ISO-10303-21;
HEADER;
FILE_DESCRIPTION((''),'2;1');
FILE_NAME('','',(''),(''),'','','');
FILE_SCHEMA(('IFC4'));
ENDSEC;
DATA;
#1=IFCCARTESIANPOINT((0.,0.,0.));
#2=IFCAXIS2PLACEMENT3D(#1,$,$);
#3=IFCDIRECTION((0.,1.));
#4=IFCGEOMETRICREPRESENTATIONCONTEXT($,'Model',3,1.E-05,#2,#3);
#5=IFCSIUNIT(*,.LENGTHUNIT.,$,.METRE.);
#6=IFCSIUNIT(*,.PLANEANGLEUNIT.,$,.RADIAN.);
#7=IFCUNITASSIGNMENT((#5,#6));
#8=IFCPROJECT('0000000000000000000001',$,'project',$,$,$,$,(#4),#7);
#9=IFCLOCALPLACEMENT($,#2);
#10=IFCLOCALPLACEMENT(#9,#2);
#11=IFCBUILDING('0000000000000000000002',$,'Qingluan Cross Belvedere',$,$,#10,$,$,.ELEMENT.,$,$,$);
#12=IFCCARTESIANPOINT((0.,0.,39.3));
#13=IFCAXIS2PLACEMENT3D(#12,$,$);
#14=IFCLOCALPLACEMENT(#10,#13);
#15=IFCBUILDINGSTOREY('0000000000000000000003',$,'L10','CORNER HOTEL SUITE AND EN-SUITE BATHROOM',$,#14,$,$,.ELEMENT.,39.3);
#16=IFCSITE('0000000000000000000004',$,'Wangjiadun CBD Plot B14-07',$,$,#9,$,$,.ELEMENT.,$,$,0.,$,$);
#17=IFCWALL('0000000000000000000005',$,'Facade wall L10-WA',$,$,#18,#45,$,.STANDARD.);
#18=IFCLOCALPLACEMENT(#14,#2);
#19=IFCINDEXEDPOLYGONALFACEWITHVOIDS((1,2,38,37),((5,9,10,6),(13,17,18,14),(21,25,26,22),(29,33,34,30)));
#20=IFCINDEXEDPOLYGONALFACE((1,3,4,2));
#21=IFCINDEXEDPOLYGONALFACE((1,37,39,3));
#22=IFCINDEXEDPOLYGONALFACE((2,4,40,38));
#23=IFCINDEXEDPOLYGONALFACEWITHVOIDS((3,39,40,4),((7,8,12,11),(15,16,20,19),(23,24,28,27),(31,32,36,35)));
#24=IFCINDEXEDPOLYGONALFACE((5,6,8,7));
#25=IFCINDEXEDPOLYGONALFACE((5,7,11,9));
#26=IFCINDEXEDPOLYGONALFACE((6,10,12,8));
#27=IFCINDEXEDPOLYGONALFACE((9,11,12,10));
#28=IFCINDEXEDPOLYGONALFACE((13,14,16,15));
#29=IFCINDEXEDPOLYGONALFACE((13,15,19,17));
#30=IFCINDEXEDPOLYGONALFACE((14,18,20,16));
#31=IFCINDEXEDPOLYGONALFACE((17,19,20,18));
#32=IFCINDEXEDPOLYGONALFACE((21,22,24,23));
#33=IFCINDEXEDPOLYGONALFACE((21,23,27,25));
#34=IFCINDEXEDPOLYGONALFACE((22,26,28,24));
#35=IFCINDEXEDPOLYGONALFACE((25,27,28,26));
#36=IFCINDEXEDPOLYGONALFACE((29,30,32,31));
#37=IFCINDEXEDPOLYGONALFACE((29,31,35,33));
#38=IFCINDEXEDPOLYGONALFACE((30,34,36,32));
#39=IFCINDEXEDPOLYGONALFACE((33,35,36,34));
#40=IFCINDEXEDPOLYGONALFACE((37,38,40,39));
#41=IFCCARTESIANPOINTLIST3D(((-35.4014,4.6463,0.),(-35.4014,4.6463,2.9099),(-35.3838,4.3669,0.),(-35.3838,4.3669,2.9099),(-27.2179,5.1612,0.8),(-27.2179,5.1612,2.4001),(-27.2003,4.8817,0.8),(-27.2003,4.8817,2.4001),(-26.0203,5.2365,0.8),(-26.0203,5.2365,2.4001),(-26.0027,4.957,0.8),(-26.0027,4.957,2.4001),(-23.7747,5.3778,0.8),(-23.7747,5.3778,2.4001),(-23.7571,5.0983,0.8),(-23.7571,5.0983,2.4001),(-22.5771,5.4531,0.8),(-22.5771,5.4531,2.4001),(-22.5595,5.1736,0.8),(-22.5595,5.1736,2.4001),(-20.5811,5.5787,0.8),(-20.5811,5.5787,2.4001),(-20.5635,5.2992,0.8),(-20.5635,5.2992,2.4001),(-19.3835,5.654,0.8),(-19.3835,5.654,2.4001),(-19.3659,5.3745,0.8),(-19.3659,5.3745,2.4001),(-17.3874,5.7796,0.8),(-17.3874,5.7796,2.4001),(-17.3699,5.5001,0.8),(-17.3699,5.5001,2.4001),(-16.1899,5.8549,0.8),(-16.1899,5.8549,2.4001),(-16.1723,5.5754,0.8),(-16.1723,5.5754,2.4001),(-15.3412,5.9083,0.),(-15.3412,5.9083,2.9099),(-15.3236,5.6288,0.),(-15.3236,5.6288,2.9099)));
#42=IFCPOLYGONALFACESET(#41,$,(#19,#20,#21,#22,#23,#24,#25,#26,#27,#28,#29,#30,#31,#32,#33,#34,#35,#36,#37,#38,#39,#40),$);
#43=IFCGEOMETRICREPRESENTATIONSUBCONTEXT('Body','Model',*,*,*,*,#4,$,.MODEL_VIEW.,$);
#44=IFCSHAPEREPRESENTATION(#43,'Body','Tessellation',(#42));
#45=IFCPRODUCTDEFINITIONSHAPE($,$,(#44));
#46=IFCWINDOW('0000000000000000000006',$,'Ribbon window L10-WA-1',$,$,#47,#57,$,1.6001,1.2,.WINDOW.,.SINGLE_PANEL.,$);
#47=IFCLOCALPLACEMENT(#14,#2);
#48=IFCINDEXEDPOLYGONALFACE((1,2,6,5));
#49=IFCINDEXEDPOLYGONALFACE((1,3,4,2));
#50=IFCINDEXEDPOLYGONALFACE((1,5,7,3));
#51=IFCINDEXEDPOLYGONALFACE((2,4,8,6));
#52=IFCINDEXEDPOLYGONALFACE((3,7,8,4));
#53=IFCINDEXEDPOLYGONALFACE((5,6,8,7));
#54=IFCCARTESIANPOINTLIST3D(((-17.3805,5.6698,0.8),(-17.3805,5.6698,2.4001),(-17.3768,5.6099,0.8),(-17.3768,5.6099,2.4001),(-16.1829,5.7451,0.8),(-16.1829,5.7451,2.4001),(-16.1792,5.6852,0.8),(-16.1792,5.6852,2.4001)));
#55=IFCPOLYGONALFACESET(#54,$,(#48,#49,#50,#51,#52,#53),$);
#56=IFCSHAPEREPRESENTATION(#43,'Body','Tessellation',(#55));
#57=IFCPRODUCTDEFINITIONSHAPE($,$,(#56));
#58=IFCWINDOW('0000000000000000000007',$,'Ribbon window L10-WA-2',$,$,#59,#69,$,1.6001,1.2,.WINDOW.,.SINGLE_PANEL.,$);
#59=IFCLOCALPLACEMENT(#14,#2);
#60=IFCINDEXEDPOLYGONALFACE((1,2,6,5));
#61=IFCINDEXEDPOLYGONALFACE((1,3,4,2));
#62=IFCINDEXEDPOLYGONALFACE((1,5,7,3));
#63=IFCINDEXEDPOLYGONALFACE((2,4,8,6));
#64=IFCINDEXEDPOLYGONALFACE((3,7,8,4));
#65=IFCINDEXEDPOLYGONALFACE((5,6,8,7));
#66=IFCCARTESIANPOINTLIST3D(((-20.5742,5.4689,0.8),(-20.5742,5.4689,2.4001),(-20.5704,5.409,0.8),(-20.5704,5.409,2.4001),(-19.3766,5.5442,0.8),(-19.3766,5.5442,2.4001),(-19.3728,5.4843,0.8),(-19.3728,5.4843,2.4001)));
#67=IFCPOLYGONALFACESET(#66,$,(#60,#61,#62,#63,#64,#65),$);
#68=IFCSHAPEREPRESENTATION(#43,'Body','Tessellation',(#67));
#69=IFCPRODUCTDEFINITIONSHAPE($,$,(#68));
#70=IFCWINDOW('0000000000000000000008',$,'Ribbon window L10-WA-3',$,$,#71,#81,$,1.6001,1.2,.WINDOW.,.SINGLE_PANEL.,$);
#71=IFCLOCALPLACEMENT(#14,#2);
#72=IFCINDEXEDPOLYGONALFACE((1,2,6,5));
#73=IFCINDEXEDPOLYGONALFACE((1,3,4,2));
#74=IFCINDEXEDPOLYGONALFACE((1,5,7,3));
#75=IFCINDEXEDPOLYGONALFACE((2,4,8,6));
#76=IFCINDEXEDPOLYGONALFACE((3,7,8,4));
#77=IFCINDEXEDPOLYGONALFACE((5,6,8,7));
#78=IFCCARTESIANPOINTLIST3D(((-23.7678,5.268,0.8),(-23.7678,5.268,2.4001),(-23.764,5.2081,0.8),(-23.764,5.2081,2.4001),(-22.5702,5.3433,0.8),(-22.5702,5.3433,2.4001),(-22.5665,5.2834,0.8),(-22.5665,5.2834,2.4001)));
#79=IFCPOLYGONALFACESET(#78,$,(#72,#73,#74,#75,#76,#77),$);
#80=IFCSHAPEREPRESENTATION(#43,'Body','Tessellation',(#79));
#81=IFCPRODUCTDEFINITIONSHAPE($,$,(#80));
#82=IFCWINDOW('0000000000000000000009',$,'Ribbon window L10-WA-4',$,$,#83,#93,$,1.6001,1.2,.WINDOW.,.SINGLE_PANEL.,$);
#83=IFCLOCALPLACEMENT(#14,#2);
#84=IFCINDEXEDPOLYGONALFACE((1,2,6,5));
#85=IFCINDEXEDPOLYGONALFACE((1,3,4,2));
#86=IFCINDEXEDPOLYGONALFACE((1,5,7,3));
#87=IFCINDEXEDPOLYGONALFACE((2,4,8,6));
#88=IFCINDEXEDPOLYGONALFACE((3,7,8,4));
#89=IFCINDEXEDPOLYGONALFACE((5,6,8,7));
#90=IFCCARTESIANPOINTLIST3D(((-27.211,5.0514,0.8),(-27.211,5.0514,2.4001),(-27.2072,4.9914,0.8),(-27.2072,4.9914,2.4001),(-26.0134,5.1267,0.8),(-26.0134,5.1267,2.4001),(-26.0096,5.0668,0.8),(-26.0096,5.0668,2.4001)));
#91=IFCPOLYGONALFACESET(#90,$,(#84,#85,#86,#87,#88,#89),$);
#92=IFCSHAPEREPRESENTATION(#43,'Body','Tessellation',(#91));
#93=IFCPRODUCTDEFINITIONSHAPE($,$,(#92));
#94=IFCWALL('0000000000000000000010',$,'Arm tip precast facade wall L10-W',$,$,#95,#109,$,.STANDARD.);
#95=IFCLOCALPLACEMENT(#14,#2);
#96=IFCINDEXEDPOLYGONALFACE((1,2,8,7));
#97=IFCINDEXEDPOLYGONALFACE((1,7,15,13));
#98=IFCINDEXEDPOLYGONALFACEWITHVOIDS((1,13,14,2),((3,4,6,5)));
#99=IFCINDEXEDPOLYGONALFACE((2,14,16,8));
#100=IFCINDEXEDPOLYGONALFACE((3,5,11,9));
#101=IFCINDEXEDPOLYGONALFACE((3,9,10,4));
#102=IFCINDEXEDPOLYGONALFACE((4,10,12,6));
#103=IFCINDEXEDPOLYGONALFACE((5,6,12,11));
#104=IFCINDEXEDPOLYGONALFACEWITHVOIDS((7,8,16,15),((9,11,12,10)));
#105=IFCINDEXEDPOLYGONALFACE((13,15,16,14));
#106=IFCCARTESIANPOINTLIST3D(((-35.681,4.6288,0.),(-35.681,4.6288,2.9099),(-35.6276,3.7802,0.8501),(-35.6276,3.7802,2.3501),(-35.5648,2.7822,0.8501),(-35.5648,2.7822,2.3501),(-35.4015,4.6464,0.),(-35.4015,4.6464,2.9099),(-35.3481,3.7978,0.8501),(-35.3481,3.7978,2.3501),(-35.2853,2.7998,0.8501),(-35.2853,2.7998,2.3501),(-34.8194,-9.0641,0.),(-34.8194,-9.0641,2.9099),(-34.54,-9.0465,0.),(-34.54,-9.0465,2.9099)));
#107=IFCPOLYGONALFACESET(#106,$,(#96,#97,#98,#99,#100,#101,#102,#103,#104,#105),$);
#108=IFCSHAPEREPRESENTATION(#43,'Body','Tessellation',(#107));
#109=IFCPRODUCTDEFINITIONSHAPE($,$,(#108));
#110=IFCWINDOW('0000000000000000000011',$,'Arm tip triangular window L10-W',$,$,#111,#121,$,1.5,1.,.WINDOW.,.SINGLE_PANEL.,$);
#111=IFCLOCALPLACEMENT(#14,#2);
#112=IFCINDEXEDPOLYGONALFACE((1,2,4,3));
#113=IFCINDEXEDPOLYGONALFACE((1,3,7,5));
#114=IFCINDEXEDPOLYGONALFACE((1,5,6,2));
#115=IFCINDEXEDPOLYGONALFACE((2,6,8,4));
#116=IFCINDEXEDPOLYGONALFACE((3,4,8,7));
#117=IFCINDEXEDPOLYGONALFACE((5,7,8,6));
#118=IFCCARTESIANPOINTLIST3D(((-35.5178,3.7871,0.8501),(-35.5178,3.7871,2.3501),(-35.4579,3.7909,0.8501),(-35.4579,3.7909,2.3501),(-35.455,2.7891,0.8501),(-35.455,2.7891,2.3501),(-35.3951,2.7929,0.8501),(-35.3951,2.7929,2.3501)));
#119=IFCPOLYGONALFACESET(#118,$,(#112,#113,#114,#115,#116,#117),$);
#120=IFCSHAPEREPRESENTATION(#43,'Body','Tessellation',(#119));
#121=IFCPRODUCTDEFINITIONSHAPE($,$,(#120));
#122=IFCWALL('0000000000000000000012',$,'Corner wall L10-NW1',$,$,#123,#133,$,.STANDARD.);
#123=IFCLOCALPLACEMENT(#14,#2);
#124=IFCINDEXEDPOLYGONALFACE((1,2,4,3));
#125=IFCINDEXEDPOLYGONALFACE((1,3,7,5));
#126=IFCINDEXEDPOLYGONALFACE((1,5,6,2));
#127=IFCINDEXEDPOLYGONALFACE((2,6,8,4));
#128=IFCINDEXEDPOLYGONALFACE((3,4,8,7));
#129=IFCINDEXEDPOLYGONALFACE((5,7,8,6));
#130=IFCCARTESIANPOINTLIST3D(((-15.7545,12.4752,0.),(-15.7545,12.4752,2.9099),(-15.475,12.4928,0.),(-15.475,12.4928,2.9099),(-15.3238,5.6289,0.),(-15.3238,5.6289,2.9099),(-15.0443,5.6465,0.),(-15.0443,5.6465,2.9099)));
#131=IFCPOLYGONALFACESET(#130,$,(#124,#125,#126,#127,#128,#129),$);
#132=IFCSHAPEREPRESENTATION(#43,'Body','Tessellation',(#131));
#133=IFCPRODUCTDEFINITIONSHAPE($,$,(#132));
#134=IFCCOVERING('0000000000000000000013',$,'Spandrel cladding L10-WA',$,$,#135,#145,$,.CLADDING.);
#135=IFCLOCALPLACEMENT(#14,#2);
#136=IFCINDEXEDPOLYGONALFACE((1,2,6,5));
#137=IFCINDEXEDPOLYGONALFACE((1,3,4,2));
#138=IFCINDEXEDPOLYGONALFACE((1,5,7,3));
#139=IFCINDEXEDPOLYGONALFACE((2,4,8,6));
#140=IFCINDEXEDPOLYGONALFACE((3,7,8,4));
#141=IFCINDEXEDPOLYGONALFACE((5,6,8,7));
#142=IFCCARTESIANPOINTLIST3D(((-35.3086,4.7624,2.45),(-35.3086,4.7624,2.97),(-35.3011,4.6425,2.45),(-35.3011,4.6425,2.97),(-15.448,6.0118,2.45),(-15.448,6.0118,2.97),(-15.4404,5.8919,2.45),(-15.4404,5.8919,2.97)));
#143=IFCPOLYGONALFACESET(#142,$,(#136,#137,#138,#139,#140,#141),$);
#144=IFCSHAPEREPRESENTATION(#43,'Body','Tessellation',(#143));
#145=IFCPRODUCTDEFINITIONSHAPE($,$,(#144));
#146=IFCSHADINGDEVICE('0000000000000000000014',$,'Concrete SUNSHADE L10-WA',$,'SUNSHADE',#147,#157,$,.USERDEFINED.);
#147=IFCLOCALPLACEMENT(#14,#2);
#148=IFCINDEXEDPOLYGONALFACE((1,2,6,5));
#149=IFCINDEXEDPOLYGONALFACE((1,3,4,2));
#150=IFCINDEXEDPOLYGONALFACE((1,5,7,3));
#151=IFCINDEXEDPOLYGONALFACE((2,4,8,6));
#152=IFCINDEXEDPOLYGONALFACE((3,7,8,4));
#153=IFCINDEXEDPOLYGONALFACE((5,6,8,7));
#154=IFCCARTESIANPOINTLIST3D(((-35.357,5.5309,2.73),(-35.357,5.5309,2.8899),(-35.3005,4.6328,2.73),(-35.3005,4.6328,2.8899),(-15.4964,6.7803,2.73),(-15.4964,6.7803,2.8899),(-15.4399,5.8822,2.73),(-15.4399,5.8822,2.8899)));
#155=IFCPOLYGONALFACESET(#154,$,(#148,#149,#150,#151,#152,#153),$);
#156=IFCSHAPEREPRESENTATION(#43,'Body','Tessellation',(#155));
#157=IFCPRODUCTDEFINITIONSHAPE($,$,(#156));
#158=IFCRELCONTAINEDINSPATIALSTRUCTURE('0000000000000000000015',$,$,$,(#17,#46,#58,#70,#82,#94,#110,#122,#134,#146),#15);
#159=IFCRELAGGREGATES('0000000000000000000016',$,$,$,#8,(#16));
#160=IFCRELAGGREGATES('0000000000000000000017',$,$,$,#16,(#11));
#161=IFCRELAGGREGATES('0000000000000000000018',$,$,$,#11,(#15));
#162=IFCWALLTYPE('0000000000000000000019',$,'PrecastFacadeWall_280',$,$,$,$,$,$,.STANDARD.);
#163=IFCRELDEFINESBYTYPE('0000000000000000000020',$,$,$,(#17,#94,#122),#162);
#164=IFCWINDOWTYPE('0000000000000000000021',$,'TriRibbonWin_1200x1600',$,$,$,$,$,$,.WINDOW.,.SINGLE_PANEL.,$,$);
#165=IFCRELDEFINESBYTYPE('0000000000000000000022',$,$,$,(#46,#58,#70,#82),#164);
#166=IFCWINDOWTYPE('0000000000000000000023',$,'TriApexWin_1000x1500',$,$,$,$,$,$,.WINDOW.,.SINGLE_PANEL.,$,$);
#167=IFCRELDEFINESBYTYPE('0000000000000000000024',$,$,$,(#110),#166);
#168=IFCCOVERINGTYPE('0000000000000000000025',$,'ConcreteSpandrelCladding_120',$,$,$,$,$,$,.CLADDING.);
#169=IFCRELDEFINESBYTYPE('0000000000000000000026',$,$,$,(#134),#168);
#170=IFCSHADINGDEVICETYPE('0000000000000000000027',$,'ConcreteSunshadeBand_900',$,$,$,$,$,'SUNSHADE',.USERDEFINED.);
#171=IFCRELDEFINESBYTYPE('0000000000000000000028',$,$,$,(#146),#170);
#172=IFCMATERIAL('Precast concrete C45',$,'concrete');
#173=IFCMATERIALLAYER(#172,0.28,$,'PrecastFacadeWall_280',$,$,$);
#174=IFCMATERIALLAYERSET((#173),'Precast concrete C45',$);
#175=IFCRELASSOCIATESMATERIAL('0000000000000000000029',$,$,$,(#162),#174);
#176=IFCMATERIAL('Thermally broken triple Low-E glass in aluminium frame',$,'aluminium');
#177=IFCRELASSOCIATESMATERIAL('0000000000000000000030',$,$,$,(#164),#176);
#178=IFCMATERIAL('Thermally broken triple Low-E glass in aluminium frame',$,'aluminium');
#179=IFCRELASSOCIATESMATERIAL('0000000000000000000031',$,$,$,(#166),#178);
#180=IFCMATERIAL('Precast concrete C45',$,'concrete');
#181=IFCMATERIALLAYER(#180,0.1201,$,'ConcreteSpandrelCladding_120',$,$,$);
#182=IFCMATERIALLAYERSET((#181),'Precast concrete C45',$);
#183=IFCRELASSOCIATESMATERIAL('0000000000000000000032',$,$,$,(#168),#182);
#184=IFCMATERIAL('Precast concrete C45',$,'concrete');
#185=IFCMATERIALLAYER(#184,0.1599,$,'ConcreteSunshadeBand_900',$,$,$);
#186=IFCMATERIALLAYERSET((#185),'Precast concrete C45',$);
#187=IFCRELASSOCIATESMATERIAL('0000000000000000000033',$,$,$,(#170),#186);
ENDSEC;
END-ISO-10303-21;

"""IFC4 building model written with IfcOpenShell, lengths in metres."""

from ifc_helpers import new_model, si_unit, direction, frame, frame_2d, origin, origin_2d, place, context, subcontext, project, spatial, rectangle, extrude, material, layer, layer_set, type_object, element, fill, save


model = new_model("IFC4")

# Units and contexts
model_context = context("Model", 3, precision=1e-05, world=origin(), true_north=direction((0.0, 1.0)))
body_context = subcontext(model_context, "Body", "Model", "MODEL_VIEW")
ifc_project = project(units=[si_unit("LENGTHUNIT", "METRE"), si_unit("PLANEANGLEUNIT", "RADIAN")], contexts=[model_context])

# Site, building, storey
site_placement = place(None, origin())
site = spatial("IfcSite", under=ifc_project, at=site_placement, Name="Wangjiadun CBD Plot B14-07", CompositionType="ELEMENT", RefElevation=0.0)
building_placement = place(site_placement, origin())
building = spatial("IfcBuilding", under=site, at=building_placement, Name="Qingluan Cross Belvedere", CompositionType="ELEMENT")
storey_placement = place(building_placement, frame((0.0, 0.0, 39.3)))
storey = spatial("IfcBuildingStorey", under=building, at=storey_placement, Name="L10", Description="CORNER HOTEL SUITE AND EN-SUITE BATHROOM", CompositionType="ELEMENT", Elevation=39.3)

# Wall, openings, windows
ifc_material_1 = material(Name="Precast concrete C45", Category="concrete")
ifc_layer_1 = layer(ifc_material_1, 0.28, Name="PrecastFacadeWall_280")
ifc_layer_set_1 = layer_set([ifc_layer_1], Name="Precast concrete C45")
wall_type_1 = type_object("IfcWallType", Name="PrecastFacadeWall_280", PredefinedType="STANDARD", material=ifc_layer_set_1)
wall_1_placement = place(storey_placement, frame((-15.3325, 5.7686, 0.0), z_axis=(0.0, 0.0, 1.0), x_axis=(-0.998027, -0.062784, 0.0)))
wall_1 = element("IfcWall", 1, at=wall_1_placement, inside=storey, type_object=wall_type_1, Name="Facade wall L10-WA", PredefinedType="STANDARD", context=body_context, shape_type="SweptSolid", body=[
    extrude(rectangle(XDim=20.0999, YDim=0.28, at=frame_2d((10.0498, 0.0))), origin(), (0.0, 0.0, 1.0), 2.9099),
])
opening_1_placement = place(wall_1_placement, frame((0.8501, 0.0, 0.8)))
opening_1 = element("IfcOpeningElement", 2, at=opening_1_placement, cuts=wall_1, PredefinedType="OPENING", context=body_context, shape_type="SweptSolid", body=[
    extrude(rectangle(XDim=1.2, YDim=1.6001, at=frame_2d((0.6001, 0.8))), frame((0.0, 0.1499, 0.0), z_axis=(0.0, -1.0, 0.0), x_axis=(1.0, 0.0, 0.0)), (0.0, 0.0, 1.0), 0.3),
])
opening_2_placement = place(wall_1_placement, frame((4.05, 0.0, 0.8)))
opening_2 = element("IfcOpeningElement", 3, at=opening_2_placement, cuts=wall_1, PredefinedType="OPENING", context=body_context, shape_type="SweptSolid", body=[
    extrude(rectangle(XDim=1.2, YDim=1.6001, at=frame_2d((0.6001, 0.8))), frame((0.0, 0.1499, 0.0), z_axis=(0.0, -1.0, 0.0), x_axis=(1.0, 0.0, 0.0)), (0.0, 0.0, 1.0), 0.3),
])
opening_3_placement = place(wall_1_placement, frame((7.25, 0.0, 0.8)))
opening_3 = element("IfcOpeningElement", 4, at=opening_3_placement, cuts=wall_1, PredefinedType="OPENING", context=body_context, shape_type="SweptSolid", body=[
    extrude(rectangle(XDim=1.2, YDim=1.6001, at=frame_2d((0.6001, 0.8))), frame((0.0, 0.1499, 0.0), z_axis=(0.0, -1.0, 0.0), x_axis=(1.0, 0.0, 0.0)), (0.0, 0.0, 1.0), 0.3),
])
opening_4_placement = place(wall_1_placement, frame((10.7, 0.0, 0.8)))
opening_4 = element("IfcOpeningElement", 5, at=opening_4_placement, cuts=wall_1, PredefinedType="OPENING", context=body_context, shape_type="SweptSolid", body=[
    extrude(rectangle(XDim=1.2, YDim=1.6001, at=frame_2d((0.6001, 0.8))), frame((0.0, 0.1499, 0.0), z_axis=(0.0, -1.0, 0.0), x_axis=(1.0, 0.0, 0.0)), (0.0, 0.0, 1.0), 0.3),
])
ifc_material_2 = material(Name="Thermally broken triple Low-E glass in aluminium frame", Category="aluminium")
window_type_1 = type_object("IfcWindowType", Name="TriRibbonWin_1200x1600", PartitioningType="SINGLE_PANEL", PredefinedType="WINDOW", material=ifc_material_2)
window_1_placement = place(opening_1_placement, origin())
window_1 = element("IfcWindow", 6, at=window_1_placement, inside=storey, type_object=window_type_1, Name="Ribbon window L10-WA-1", OverallHeight=1.6001, OverallWidth=1.2, PartitioningType="SINGLE_PANEL", PredefinedType="WINDOW", context=body_context, shape_type="SweptSolid", body=[
    extrude(rectangle(XDim=1.2, YDim=1.6001, at=frame_2d((0.6001, 0.8))), frame((0.0, 0.03, 0.0), z_axis=(0.0, -1.0, 0.0), x_axis=(1.0, 0.0, 0.0)), (0.0, 0.0, 1.0), 0.0601),
])
fill(opening_1, window_1)
window_2_placement = place(opening_2_placement, origin())
window_2 = element("IfcWindow", 7, at=window_2_placement, inside=storey, type_object=window_type_1, Name="Ribbon window L10-WA-2", OverallHeight=1.6001, OverallWidth=1.2, PartitioningType="SINGLE_PANEL", PredefinedType="WINDOW", context=body_context, shape_type="SweptSolid", body=[
    extrude(rectangle(XDim=1.2, YDim=1.6001, at=frame_2d((0.6001, 0.8))), frame((0.0, 0.03, 0.0), z_axis=(0.0, -1.0, 0.0), x_axis=(1.0, 0.0, 0.0)), (0.0, 0.0, 1.0), 0.0601),
])
fill(opening_2, window_2)
window_3_placement = place(opening_3_placement, origin())
window_3 = element("IfcWindow", 8, at=window_3_placement, inside=storey, type_object=window_type_1, Name="Ribbon window L10-WA-3", OverallHeight=1.6001, OverallWidth=1.2, PartitioningType="SINGLE_PANEL", PredefinedType="WINDOW", context=body_context, shape_type="SweptSolid", body=[
    extrude(rectangle(XDim=1.2, YDim=1.6001, at=frame_2d((0.6001, 0.8))), frame((0.0, 0.03, 0.0), z_axis=(0.0, -1.0, 0.0), x_axis=(1.0, 0.0, 0.0)), (0.0, 0.0, 1.0), 0.0601),
])
fill(opening_3, window_3)
window_4_placement = place(opening_4_placement, origin())
window_4 = element("IfcWindow", 9, at=window_4_placement, inside=storey, type_object=window_type_1, Name="Ribbon window L10-WA-4", OverallHeight=1.6001, OverallWidth=1.2, PartitioningType="SINGLE_PANEL", PredefinedType="WINDOW", context=body_context, shape_type="SweptSolid", body=[
    extrude(rectangle(XDim=1.2, YDim=1.6001, at=frame_2d((0.6001, 0.8))), frame((0.0, 0.03, 0.0), z_axis=(0.0, -1.0, 0.0), x_axis=(1.0, 0.0, 0.0)), (0.0, 0.0, 1.0), 0.0601),
])
fill(opening_4, window_4)

# Wall, opening, window
wall_2_placement = place(storey_placement, frame((-35.5413, 4.6375, 0.0), z_axis=(0.0, 0.0, 1.0), x_axis=(0.062797, -0.998026, 0.0)))
wall_2 = element("IfcWall", 10, at=wall_2_placement, inside=storey, type_object=wall_type_1, Name="Arm tip precast facade wall L10-W", PredefinedType="STANDARD", context=body_context, shape_type="SweptSolid", body=[
    extrude(rectangle(XDim=13.72, YDim=0.28, at=frame_2d((6.8599, 0.0))), origin(), (0.0, 0.0, 1.0), 2.9099),
])
opening_5_placement = place(wall_2_placement, frame((0.8501, 0.0, 0.8501)))
opening_5 = element("IfcOpeningElement", 11, at=opening_5_placement, cuts=wall_2, PredefinedType="OPENING", context=body_context, shape_type="SweptSolid", body=[
    extrude(rectangle(XDim=1.0, YDim=1.5, at=frame_2d((0.5, 0.75))), frame((0.0, 0.1499, 0.0), z_axis=(0.0, -1.0, 0.0), x_axis=(1.0, 0.0, 0.0)), (0.0, 0.0, 1.0), 0.3),
])
ifc_material_3 = material(Name="Thermally broken triple Low-E glass in aluminium frame", Category="aluminium")
window_type_2 = type_object("IfcWindowType", Name="TriApexWin_1000x1500", PartitioningType="SINGLE_PANEL", PredefinedType="WINDOW", material=ifc_material_3)
window_5_placement = place(opening_5_placement, origin())
window_5 = element("IfcWindow", 12, at=window_5_placement, inside=storey, type_object=window_type_2, Name="Arm tip triangular window L10-W", OverallHeight=1.5, OverallWidth=1.0, PartitioningType="SINGLE_PANEL", PredefinedType="WINDOW", context=body_context, shape_type="SweptSolid", body=[
    extrude(rectangle(XDim=1.0, YDim=1.5, at=frame_2d((0.5, 0.75))), frame((0.0, 0.03, 0.0), z_axis=(0.0, -1.0, 0.0), x_axis=(1.0, 0.0, 0.0)), (0.0, 0.0, 1.0), 0.0601),
])
fill(opening_5, window_5)

# Wall
wall_3_placement = place(storey_placement, frame((-15.1841, 5.6377, 0.0), z_axis=(0.0, 0.0, 1.0), x_axis=(-0.062779, 0.998027, 0.0)))
element("IfcWall", 13, at=wall_3_placement, inside=storey, type_object=wall_type_1, Name="Corner wall L10-NW1", PredefinedType="STANDARD", context=body_context, shape_type="SweptSolid", body=[
    extrude(rectangle(XDim=6.8599, YDim=0.28, at=frame_2d((3.4299, 0.0))), origin(), (0.0, 0.0, 1.0), 2.9099),
])

# Covering
ifc_material_4 = material(Name="Precast concrete C45", Category="concrete")
ifc_layer_2 = layer(ifc_material_4, 0.1201, Name="ConcreteSpandrelCladding_120")
ifc_layer_set_2 = layer_set([ifc_layer_2], Name="Precast concrete C45")
covering_type = type_object("IfcCoveringType", Name="ConcreteSpandrelCladding_120", PredefinedType="CLADDING", material=ifc_layer_set_2)
covering_placement = place(storey_placement, frame((-25.3745, 5.3271, 2.45), z_axis=(0.0, 0.0, 1.0), x_axis=(-0.998027, -0.062786, 0.0)))
element("IfcCovering", 14, at=covering_placement, inside=storey, type_object=covering_type, Name="Spandrel cladding L10-WA", PredefinedType="CLADDING", context=body_context, shape_type="SweptSolid", body=[
    extrude(rectangle(XDim=19.8999, YDim=0.1201, at=origin_2d()), origin(), (0.0, 0.0, 1.0), 0.52),
])

# Shading device
ifc_material_5 = material(Name="Precast concrete C45", Category="concrete")
ifc_layer_3 = layer(ifc_material_5, 0.1599, Name="ConcreteSunshadeBand_900")
ifc_layer_set_3 = layer_set([ifc_layer_3], Name="Precast concrete C45")
shading_device_type = type_object("IfcShadingDeviceType", Name="ConcreteSunshadeBand_900", ElementType="SUNSHADE", PredefinedType="USERDEFINED", material=ifc_layer_set_3)
shading_device_placement = place(storey_placement, frame((-25.3984, 5.7065, 2.73), z_axis=(0.0, 0.0, 1.0), x_axis=(-0.998027, -0.062786, 0.0)))
element("IfcShadingDevice", 15, at=shading_device_placement, inside=storey, type_object=shading_device_type, Name="Concrete SUNSHADE L10-WA", ObjectType="SUNSHADE", PredefinedType="USERDEFINED", context=body_context, shape_type="SweptSolid", body=[
    extrude(rectangle(XDim=19.8999, YDim=0.8999, at=origin_2d()), origin(), (0.0, 0.0, 1.0), 0.1599),
])

save(model, "model.ifc")
